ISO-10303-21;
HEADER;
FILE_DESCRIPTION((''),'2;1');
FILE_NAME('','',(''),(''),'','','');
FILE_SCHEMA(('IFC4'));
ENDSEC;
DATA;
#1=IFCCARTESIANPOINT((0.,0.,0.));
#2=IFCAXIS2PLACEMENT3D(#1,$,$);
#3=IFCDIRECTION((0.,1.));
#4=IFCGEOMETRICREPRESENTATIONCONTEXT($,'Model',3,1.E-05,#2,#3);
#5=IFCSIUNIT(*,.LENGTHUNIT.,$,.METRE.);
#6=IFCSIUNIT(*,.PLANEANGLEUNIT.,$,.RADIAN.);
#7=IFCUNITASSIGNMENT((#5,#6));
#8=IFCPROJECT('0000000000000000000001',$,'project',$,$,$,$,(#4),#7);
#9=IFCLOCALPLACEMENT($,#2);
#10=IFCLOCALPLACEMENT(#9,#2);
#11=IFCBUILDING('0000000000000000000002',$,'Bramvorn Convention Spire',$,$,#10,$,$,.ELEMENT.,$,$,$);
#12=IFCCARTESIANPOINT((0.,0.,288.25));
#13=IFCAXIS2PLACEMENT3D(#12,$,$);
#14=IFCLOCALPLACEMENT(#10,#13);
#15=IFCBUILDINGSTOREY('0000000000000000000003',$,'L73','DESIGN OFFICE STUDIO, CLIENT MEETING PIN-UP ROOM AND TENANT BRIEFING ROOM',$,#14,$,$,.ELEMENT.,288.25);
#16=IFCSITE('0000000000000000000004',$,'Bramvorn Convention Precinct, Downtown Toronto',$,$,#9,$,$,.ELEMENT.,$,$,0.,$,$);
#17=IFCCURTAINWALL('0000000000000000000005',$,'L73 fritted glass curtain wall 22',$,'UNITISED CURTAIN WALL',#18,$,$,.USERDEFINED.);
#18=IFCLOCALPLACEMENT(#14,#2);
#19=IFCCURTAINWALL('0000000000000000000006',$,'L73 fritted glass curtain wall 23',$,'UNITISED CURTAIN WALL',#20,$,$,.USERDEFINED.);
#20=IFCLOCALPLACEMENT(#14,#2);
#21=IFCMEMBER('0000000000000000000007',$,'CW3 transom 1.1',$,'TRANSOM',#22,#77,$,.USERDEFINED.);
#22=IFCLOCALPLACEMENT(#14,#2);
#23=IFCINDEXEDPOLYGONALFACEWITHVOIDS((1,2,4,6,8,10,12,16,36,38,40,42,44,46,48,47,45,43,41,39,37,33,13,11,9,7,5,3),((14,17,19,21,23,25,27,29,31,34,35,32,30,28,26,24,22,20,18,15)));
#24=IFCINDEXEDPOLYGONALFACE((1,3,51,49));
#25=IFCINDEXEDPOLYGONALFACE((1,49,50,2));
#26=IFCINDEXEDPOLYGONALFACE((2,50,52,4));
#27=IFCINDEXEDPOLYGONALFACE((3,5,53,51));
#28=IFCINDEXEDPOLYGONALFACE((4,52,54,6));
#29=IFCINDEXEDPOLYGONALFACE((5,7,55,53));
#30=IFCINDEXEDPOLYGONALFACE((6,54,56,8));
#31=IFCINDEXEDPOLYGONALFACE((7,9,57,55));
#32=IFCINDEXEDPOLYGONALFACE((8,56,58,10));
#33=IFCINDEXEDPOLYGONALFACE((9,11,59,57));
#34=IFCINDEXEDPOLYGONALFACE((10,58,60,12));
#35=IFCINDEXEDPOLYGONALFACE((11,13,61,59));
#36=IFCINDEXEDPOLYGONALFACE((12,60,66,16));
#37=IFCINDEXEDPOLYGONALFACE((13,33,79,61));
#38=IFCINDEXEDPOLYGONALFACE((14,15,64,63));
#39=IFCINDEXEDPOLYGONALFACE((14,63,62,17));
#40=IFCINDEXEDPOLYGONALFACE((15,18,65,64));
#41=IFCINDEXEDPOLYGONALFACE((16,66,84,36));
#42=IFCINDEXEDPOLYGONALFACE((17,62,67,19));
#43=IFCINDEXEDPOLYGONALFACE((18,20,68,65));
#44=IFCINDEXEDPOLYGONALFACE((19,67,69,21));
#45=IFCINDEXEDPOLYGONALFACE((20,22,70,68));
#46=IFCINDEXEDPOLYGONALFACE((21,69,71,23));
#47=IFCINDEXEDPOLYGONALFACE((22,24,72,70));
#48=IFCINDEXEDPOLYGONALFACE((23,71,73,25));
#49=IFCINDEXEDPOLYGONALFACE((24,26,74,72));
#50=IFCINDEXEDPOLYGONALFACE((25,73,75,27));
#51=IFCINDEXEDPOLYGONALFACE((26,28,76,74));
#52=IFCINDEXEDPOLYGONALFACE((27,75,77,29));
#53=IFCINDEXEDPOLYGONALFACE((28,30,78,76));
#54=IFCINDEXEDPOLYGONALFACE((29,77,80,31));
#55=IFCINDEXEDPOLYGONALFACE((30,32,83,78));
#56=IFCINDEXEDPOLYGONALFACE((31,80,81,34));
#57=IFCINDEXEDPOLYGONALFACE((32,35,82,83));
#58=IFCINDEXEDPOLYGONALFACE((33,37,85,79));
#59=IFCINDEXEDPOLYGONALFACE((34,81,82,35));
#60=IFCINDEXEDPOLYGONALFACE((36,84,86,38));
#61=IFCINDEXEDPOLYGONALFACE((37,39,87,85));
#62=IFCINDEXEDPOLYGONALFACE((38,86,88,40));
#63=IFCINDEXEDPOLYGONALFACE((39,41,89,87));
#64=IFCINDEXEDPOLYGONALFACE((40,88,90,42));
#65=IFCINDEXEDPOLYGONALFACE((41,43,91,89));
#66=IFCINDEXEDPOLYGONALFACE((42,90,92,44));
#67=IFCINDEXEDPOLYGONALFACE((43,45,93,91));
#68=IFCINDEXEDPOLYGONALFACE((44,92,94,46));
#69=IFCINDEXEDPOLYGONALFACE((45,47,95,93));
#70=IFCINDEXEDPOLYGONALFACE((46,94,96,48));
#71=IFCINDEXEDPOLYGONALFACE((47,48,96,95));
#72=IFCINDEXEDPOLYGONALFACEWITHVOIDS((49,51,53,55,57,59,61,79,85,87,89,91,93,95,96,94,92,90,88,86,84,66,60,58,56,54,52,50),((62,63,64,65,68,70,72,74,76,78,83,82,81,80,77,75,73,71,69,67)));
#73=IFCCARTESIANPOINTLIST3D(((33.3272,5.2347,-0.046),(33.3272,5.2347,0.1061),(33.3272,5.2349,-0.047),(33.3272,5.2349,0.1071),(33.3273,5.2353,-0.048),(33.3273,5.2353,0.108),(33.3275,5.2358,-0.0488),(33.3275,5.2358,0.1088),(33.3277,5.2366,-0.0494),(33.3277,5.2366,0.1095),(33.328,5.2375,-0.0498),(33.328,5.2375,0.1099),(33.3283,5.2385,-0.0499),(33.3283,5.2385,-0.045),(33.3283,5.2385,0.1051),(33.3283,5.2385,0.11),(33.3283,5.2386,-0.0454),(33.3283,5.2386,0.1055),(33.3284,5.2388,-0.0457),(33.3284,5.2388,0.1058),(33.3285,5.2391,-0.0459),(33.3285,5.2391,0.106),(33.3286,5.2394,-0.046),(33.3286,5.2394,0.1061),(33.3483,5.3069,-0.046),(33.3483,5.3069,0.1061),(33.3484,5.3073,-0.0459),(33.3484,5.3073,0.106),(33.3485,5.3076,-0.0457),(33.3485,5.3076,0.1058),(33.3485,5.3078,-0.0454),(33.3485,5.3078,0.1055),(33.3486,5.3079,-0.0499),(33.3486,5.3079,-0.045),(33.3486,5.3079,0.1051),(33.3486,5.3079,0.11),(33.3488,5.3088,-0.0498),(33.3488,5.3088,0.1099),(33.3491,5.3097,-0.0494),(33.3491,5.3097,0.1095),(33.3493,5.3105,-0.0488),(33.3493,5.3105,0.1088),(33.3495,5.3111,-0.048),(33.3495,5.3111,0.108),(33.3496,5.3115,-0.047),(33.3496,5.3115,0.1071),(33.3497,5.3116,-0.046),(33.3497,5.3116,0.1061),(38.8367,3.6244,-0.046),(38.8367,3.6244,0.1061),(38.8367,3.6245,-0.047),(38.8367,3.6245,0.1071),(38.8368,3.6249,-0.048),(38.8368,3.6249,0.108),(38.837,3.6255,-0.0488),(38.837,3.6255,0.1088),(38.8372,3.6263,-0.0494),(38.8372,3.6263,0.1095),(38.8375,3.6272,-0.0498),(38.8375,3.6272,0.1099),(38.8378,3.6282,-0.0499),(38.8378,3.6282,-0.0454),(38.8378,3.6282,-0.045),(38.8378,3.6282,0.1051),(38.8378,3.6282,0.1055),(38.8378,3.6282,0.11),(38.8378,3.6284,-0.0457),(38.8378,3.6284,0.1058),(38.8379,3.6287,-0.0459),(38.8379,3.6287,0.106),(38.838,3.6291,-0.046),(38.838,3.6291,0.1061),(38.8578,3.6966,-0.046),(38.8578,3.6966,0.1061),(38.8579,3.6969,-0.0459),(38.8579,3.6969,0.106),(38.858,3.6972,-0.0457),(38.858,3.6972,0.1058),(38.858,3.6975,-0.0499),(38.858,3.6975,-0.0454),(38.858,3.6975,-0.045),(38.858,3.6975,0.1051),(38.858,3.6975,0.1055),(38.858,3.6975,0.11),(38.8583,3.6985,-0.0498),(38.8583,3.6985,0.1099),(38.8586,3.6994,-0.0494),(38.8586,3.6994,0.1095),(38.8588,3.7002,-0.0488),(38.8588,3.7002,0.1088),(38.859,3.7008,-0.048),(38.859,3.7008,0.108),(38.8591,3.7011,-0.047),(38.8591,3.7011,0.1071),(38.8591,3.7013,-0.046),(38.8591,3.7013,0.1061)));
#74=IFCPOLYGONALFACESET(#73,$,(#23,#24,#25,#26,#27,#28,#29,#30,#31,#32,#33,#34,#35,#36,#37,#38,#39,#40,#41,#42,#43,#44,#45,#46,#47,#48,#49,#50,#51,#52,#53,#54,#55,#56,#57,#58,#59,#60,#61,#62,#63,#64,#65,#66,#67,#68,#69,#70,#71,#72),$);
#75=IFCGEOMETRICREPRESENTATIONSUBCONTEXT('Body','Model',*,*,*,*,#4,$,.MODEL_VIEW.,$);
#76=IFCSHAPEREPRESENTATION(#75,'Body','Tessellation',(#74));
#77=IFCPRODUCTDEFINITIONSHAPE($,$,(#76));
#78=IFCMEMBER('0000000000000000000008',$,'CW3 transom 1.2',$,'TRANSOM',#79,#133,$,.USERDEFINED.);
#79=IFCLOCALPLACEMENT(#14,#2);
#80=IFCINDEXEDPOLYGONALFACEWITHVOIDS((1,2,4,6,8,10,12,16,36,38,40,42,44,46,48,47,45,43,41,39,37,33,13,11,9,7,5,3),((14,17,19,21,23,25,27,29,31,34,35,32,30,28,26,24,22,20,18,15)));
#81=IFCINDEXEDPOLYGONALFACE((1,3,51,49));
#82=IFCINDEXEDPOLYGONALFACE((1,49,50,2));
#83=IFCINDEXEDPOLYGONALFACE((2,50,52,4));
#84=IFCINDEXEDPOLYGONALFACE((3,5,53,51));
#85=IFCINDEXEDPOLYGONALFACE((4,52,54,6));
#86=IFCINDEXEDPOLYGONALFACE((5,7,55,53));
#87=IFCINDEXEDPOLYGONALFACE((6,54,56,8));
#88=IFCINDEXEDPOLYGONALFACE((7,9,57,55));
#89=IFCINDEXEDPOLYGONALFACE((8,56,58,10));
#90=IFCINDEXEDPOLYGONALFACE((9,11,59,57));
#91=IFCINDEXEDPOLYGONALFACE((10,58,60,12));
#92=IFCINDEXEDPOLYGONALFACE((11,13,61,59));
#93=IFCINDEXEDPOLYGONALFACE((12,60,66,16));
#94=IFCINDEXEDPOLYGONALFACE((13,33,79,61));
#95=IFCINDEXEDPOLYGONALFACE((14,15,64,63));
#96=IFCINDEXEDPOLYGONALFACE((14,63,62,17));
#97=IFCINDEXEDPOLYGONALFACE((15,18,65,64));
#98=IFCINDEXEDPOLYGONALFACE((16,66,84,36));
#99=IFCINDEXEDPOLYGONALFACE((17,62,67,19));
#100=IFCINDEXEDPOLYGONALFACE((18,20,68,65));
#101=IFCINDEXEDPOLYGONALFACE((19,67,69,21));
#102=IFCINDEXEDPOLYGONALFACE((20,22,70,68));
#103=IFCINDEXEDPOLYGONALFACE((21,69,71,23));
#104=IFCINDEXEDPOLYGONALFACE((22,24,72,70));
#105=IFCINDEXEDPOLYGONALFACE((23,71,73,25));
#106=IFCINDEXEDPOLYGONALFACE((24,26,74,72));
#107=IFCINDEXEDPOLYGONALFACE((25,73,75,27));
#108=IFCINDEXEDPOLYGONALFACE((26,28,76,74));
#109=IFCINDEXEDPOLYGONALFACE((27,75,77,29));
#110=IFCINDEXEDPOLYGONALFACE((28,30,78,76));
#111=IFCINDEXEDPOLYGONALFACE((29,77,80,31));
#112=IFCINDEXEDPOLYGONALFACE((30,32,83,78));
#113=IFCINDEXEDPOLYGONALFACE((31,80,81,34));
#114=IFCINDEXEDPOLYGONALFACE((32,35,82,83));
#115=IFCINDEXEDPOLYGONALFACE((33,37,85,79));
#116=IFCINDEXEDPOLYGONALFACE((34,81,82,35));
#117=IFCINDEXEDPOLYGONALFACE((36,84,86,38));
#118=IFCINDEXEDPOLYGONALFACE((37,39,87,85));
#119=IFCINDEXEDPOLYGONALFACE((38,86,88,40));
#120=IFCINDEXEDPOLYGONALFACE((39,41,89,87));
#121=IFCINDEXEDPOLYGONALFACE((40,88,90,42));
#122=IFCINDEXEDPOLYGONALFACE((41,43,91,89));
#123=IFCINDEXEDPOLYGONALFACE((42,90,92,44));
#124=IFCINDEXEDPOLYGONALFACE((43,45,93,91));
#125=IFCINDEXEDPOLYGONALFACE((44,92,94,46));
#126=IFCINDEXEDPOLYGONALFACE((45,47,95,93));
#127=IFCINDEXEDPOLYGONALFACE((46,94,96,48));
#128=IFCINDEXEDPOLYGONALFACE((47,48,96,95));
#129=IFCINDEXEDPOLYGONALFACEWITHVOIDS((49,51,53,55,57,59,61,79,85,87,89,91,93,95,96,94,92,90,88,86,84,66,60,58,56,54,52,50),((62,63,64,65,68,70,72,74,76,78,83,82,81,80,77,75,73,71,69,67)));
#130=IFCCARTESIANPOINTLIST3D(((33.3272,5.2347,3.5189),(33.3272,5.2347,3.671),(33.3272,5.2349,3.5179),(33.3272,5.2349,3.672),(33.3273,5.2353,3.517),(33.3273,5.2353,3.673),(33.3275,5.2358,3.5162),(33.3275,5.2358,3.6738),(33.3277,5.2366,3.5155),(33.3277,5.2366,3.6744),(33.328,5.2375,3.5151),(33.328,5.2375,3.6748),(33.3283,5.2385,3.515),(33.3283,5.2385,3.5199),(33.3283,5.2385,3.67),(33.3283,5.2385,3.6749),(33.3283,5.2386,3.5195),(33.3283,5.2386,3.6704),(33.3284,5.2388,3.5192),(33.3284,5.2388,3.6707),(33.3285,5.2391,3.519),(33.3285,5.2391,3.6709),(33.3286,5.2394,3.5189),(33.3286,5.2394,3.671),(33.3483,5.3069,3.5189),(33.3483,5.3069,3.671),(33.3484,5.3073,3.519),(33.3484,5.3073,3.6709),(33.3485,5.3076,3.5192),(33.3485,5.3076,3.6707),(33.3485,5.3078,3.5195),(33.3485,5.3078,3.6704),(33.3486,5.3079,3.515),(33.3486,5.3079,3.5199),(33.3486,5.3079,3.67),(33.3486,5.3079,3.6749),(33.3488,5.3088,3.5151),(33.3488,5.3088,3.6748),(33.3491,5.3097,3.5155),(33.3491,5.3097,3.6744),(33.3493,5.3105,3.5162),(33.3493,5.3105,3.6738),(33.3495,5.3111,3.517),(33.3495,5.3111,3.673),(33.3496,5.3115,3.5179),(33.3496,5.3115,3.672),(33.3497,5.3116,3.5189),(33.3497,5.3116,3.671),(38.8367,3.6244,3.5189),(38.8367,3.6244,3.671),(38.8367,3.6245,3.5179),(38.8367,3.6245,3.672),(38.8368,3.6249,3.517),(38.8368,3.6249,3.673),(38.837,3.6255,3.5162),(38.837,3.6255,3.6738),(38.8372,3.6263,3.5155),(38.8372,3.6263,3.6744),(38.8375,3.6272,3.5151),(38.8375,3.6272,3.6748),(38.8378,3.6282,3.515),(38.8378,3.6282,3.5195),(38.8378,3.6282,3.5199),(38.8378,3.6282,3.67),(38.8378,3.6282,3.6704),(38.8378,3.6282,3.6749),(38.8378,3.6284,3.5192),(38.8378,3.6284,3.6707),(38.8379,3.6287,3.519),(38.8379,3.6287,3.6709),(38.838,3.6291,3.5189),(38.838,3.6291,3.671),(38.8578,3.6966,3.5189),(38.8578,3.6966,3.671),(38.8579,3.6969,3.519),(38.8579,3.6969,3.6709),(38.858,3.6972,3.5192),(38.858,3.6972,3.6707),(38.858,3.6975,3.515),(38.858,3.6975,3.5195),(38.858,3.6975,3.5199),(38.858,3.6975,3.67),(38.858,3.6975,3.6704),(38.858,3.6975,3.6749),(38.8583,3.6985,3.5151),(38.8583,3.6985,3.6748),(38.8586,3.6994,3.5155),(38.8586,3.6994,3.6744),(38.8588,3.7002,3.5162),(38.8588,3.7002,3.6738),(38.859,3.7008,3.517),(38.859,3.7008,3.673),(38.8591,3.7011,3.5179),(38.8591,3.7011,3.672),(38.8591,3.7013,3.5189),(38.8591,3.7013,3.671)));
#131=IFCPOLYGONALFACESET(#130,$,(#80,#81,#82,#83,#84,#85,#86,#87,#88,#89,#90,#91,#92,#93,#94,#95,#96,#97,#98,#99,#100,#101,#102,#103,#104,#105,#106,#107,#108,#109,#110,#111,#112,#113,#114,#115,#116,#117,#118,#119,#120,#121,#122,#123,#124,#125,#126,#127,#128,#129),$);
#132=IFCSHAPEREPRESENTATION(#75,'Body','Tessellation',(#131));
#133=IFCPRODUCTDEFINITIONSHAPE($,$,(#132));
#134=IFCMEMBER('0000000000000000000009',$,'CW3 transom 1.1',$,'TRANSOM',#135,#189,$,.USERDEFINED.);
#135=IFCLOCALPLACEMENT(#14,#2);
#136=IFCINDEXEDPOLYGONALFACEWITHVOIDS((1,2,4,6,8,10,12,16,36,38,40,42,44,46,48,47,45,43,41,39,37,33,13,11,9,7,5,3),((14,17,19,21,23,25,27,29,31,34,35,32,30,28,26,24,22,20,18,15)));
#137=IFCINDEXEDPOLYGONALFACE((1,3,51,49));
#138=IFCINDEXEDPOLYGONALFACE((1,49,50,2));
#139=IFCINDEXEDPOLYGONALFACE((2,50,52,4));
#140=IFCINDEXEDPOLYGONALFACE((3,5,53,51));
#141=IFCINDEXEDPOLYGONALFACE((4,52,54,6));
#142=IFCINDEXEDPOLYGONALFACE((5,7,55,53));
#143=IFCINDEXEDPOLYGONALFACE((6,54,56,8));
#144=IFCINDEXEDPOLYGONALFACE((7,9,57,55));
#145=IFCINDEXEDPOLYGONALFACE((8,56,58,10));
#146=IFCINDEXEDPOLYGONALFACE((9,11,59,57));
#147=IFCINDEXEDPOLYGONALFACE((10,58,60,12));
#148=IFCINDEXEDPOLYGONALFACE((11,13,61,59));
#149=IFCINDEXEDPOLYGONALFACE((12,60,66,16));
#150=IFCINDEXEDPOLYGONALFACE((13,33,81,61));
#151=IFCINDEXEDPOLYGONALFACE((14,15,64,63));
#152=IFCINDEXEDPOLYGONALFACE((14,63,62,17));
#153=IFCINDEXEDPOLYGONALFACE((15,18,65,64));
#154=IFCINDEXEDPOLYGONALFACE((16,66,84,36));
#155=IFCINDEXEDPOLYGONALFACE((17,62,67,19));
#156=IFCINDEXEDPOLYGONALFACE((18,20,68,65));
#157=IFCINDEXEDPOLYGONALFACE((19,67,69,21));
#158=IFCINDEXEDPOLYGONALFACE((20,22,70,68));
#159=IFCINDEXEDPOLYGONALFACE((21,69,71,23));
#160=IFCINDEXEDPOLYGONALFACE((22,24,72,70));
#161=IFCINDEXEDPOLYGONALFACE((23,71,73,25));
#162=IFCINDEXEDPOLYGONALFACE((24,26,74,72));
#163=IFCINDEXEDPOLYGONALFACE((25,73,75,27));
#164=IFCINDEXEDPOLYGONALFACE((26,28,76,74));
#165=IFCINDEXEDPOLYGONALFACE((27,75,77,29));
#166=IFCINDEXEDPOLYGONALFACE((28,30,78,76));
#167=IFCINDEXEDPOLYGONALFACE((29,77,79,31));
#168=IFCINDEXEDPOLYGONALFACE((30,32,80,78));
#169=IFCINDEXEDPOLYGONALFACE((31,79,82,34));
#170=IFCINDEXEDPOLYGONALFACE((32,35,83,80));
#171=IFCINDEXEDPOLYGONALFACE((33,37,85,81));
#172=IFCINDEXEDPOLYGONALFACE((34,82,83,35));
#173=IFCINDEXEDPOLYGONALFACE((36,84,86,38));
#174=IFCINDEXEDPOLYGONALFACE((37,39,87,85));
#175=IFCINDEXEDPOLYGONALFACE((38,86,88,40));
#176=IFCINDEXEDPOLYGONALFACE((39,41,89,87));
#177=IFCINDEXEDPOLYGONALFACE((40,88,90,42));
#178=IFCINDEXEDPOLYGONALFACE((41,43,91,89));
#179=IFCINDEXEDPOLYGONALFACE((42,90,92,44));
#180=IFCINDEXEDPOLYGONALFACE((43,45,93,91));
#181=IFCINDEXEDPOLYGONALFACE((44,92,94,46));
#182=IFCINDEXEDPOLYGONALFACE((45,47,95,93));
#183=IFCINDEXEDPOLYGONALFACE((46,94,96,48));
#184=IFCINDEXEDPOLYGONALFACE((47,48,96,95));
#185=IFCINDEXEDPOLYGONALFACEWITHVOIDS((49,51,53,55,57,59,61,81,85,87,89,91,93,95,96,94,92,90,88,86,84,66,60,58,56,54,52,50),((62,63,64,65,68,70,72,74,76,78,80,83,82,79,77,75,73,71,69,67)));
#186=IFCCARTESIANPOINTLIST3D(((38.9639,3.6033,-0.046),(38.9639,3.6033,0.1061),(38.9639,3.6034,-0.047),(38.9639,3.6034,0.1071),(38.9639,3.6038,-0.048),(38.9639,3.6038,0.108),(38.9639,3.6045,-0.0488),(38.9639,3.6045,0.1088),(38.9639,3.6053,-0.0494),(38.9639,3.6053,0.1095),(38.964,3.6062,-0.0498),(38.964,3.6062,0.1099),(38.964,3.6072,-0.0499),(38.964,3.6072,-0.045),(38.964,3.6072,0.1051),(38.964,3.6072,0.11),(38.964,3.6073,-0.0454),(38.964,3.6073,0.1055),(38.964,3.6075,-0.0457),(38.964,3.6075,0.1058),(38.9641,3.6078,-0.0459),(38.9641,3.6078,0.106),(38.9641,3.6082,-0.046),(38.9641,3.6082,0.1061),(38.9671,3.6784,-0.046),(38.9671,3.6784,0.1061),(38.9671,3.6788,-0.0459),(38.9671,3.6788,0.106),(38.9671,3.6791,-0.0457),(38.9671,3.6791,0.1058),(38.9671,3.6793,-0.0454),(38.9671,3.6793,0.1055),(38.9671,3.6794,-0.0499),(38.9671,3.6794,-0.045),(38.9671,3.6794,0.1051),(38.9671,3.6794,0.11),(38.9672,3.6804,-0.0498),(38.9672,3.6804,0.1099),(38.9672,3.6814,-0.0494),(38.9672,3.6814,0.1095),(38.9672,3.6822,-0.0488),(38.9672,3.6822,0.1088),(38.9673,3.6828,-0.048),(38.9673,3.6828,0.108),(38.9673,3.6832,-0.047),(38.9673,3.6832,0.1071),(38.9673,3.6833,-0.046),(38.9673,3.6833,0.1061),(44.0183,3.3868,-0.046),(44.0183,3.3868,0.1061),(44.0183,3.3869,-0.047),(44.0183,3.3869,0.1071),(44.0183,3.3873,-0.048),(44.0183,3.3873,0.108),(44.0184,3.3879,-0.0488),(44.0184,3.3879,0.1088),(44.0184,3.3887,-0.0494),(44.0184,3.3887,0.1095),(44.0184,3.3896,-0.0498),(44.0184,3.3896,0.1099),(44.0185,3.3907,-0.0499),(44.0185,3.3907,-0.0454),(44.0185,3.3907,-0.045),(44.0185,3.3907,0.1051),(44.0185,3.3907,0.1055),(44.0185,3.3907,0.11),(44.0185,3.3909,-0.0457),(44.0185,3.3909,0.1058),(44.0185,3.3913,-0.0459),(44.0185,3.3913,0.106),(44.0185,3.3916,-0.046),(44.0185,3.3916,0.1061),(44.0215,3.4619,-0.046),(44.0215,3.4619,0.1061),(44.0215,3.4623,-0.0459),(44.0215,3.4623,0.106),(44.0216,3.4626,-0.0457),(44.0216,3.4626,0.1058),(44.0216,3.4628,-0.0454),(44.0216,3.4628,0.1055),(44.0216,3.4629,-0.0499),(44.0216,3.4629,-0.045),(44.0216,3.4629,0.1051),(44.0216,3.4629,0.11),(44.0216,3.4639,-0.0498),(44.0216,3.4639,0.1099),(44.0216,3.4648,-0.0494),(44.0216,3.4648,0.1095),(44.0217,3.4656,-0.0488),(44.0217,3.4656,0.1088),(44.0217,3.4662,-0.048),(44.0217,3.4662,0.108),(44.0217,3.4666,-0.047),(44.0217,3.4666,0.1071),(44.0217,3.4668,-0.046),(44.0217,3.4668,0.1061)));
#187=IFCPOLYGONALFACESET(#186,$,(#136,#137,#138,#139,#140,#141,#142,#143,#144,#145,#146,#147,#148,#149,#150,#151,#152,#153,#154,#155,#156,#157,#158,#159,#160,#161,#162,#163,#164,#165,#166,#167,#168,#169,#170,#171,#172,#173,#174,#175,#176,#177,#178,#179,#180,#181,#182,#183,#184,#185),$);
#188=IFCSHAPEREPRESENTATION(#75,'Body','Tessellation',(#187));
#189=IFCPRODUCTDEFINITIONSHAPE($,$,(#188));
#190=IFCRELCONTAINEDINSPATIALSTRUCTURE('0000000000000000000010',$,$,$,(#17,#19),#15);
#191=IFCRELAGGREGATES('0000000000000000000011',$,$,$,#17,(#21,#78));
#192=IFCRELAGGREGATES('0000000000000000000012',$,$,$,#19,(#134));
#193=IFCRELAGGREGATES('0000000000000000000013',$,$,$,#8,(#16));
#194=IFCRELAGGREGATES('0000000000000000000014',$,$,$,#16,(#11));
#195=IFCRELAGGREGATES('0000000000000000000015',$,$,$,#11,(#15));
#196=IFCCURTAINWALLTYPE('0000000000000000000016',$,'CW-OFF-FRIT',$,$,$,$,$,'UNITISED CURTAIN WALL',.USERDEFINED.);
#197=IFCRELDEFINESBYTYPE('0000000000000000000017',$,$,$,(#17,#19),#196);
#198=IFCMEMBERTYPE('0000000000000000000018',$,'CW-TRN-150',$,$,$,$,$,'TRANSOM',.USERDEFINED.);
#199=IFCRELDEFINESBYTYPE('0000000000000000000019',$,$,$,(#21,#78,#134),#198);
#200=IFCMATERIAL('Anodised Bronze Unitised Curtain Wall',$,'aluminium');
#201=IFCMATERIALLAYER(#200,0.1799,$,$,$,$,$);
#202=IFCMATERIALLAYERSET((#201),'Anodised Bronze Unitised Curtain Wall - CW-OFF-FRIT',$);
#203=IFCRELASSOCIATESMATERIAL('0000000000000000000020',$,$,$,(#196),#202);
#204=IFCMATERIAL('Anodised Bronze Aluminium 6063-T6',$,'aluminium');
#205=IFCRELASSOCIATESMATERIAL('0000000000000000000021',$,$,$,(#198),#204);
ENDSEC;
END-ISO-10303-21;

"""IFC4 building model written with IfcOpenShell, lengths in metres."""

from ifc_helpers import new_model, si_unit, direction, frame, origin, origin_2d, place, context, subcontext, project, spatial, hollow_rectangle, extrude, material, layer, layer_set, material_profile, profile_set, type_object, element, aggregate, save


model = new_model("IFC4")

# Units and contexts
model_context = context("Model", 3, precision=1e-05, world=origin(), true_north=direction((0.0, 1.0)))
body_context = subcontext(model_context, "Body", "Model", "MODEL_VIEW")
ifc_project = project(units=[si_unit("LENGTHUNIT", "METRE"), si_unit("PLANEANGLEUNIT", "RADIAN")], contexts=[model_context])

# Site, building, storey
site_placement = place(None, origin())
site = spatial("IfcSite", under=ifc_project, at=site_placement, Name="Bramvorn Convention Precinct, Downtown Toronto", CompositionType="ELEMENT", RefElevation=0.0)
building_placement = place(site_placement, origin())
building = spatial("IfcBuilding", under=site, at=building_placement, Name="Bramvorn Convention Spire", CompositionType="ELEMENT")
storey_placement = place(building_placement, frame((0.0, 0.0, 288.25)))
storey = spatial("IfcBuildingStorey", under=building, at=storey_placement, Name="L73", Description="DESIGN OFFICE STUDIO, CLIENT MEETING PIN-UP ROOM AND TENANT BRIEFING ROOM", CompositionType="ELEMENT", Elevation=288.25)

# Curtain wall
ifc_material_1 = material(Name="Anodised Bronze Unitised Curtain Wall", Category="aluminium")
ifc_layer_1 = layer(ifc_material_1, 0.1799)
ifc_layer_set_1 = layer_set([ifc_layer_1], Name="Anodised Bronze Unitised Curtain Wall - CW-OFF-FRIT")
curtain_wall_type = type_object("IfcCurtainWallType", Name="CW-OFF-FRIT", ElementType="UNITISED CURTAIN WALL", PredefinedType="USERDEFINED", material=ifc_layer_set_1)
curtain_wall_1_placement = place(storey_placement, origin())
curtain_wall_1 = element("IfcCurtainWall", 1, at=curtain_wall_1_placement, inside=storey, type_object=curtain_wall_type, Name="L73 fritted glass curtain wall 22", ObjectType="UNITISED CURTAIN WALL", PredefinedType="USERDEFINED")
ifc_material_2 = material(Name="Anodised Bronze Aluminium 6063-T6", Category="aluminium")

# Curtain wall
curtain_wall_2_placement = place(storey_placement, origin())
curtain_wall_2 = element("IfcCurtainWall", 2, at=curtain_wall_2_placement, inside=storey, type_object=curtain_wall_type, Name="L73 fritted glass curtain wall 23", ObjectType="UNITISED CURTAIN WALL", PredefinedType="USERDEFINED")

# Members
ifc_material_profile_1 = material_profile(ifc_material_2, hollow_rectangle(XDim=0.0801, YDim=0.1599, WallThickness=0.0039, InnerFilletRadius=0.001, OuterFilletRadius=0.0039, at=origin_2d()))
ifc_profile_set_1 = profile_set([ifc_material_profile_1], Name="Anodised Bronze Aluminium 6063-T6 - CWT80X160")
member_type_1 = type_object("IfcMemberType", Name="CW-TRN-150", ElementType="TRANSOM", PredefinedType="USERDEFINED", material=ifc_profile_set_1)
member_1_placement = place(storey_placement, frame((38.8479, 3.6628, 0.03), z_axis=(-0.95984, 0.280547, 0.0), x_axis=(-0.280547, -0.95984, 0.0)))
member_1 = element("IfcMember", 3, at=member_1_placement, type_object=member_type_1, Name="CW3 transom 1.1", ObjectType="TRANSOM", PredefinedType="USERDEFINED", context=body_context, shape_type="SweptSolid", body=[
    extrude(hollow_rectangle(XDim=0.0801, YDim=0.1599, WallThickness=0.0039, InnerFilletRadius=0.001, OuterFilletRadius=0.0039, at=origin_2d()), origin(), (0.0, 0.0, 1.0), 5.74),
])
member_2_placement = place(storey_placement, frame((38.8479, 3.6628, 3.595), z_axis=(-0.95984, 0.280547, 0.0), x_axis=(-0.280547, -0.95984, 0.0)))
member_2 = element("IfcMember", 4, at=member_2_placement, type_object=member_type_1, Name="CW3 transom 1.2", ObjectType="TRANSOM", PredefinedType="USERDEFINED", context=body_context, shape_type="SweptSolid", body=[
    extrude(hollow_rectangle(XDim=0.0801, YDim=0.1599, WallThickness=0.0039, InnerFilletRadius=0.001, OuterFilletRadius=0.0039, at=origin_2d()), origin(), (0.0, 0.0, 1.0), 5.74),
])
member_3_placement = place(storey_placement, frame((44.02, 3.4268, 0.03), z_axis=(-0.999083, 0.042805, 0.0), x_axis=(-0.042805, -0.999083, 0.0)))
member_3 = element("IfcMember", 5, at=member_3_placement, type_object=member_type_1, Name="CW3 transom 1.1", ObjectType="TRANSOM", PredefinedType="USERDEFINED", context=body_context, shape_type="SweptSolid", body=[
    extrude(hollow_rectangle(XDim=0.0801, YDim=0.1599, WallThickness=0.0039, InnerFilletRadius=0.001, OuterFilletRadius=0.0039, at=origin_2d()), origin(), (0.0, 0.0, 1.0), 5.0591),
])

aggregate(curtain_wall_1, [member_1, member_2])
aggregate(curtain_wall_2, [member_3])

save(model, "model.ifc")
